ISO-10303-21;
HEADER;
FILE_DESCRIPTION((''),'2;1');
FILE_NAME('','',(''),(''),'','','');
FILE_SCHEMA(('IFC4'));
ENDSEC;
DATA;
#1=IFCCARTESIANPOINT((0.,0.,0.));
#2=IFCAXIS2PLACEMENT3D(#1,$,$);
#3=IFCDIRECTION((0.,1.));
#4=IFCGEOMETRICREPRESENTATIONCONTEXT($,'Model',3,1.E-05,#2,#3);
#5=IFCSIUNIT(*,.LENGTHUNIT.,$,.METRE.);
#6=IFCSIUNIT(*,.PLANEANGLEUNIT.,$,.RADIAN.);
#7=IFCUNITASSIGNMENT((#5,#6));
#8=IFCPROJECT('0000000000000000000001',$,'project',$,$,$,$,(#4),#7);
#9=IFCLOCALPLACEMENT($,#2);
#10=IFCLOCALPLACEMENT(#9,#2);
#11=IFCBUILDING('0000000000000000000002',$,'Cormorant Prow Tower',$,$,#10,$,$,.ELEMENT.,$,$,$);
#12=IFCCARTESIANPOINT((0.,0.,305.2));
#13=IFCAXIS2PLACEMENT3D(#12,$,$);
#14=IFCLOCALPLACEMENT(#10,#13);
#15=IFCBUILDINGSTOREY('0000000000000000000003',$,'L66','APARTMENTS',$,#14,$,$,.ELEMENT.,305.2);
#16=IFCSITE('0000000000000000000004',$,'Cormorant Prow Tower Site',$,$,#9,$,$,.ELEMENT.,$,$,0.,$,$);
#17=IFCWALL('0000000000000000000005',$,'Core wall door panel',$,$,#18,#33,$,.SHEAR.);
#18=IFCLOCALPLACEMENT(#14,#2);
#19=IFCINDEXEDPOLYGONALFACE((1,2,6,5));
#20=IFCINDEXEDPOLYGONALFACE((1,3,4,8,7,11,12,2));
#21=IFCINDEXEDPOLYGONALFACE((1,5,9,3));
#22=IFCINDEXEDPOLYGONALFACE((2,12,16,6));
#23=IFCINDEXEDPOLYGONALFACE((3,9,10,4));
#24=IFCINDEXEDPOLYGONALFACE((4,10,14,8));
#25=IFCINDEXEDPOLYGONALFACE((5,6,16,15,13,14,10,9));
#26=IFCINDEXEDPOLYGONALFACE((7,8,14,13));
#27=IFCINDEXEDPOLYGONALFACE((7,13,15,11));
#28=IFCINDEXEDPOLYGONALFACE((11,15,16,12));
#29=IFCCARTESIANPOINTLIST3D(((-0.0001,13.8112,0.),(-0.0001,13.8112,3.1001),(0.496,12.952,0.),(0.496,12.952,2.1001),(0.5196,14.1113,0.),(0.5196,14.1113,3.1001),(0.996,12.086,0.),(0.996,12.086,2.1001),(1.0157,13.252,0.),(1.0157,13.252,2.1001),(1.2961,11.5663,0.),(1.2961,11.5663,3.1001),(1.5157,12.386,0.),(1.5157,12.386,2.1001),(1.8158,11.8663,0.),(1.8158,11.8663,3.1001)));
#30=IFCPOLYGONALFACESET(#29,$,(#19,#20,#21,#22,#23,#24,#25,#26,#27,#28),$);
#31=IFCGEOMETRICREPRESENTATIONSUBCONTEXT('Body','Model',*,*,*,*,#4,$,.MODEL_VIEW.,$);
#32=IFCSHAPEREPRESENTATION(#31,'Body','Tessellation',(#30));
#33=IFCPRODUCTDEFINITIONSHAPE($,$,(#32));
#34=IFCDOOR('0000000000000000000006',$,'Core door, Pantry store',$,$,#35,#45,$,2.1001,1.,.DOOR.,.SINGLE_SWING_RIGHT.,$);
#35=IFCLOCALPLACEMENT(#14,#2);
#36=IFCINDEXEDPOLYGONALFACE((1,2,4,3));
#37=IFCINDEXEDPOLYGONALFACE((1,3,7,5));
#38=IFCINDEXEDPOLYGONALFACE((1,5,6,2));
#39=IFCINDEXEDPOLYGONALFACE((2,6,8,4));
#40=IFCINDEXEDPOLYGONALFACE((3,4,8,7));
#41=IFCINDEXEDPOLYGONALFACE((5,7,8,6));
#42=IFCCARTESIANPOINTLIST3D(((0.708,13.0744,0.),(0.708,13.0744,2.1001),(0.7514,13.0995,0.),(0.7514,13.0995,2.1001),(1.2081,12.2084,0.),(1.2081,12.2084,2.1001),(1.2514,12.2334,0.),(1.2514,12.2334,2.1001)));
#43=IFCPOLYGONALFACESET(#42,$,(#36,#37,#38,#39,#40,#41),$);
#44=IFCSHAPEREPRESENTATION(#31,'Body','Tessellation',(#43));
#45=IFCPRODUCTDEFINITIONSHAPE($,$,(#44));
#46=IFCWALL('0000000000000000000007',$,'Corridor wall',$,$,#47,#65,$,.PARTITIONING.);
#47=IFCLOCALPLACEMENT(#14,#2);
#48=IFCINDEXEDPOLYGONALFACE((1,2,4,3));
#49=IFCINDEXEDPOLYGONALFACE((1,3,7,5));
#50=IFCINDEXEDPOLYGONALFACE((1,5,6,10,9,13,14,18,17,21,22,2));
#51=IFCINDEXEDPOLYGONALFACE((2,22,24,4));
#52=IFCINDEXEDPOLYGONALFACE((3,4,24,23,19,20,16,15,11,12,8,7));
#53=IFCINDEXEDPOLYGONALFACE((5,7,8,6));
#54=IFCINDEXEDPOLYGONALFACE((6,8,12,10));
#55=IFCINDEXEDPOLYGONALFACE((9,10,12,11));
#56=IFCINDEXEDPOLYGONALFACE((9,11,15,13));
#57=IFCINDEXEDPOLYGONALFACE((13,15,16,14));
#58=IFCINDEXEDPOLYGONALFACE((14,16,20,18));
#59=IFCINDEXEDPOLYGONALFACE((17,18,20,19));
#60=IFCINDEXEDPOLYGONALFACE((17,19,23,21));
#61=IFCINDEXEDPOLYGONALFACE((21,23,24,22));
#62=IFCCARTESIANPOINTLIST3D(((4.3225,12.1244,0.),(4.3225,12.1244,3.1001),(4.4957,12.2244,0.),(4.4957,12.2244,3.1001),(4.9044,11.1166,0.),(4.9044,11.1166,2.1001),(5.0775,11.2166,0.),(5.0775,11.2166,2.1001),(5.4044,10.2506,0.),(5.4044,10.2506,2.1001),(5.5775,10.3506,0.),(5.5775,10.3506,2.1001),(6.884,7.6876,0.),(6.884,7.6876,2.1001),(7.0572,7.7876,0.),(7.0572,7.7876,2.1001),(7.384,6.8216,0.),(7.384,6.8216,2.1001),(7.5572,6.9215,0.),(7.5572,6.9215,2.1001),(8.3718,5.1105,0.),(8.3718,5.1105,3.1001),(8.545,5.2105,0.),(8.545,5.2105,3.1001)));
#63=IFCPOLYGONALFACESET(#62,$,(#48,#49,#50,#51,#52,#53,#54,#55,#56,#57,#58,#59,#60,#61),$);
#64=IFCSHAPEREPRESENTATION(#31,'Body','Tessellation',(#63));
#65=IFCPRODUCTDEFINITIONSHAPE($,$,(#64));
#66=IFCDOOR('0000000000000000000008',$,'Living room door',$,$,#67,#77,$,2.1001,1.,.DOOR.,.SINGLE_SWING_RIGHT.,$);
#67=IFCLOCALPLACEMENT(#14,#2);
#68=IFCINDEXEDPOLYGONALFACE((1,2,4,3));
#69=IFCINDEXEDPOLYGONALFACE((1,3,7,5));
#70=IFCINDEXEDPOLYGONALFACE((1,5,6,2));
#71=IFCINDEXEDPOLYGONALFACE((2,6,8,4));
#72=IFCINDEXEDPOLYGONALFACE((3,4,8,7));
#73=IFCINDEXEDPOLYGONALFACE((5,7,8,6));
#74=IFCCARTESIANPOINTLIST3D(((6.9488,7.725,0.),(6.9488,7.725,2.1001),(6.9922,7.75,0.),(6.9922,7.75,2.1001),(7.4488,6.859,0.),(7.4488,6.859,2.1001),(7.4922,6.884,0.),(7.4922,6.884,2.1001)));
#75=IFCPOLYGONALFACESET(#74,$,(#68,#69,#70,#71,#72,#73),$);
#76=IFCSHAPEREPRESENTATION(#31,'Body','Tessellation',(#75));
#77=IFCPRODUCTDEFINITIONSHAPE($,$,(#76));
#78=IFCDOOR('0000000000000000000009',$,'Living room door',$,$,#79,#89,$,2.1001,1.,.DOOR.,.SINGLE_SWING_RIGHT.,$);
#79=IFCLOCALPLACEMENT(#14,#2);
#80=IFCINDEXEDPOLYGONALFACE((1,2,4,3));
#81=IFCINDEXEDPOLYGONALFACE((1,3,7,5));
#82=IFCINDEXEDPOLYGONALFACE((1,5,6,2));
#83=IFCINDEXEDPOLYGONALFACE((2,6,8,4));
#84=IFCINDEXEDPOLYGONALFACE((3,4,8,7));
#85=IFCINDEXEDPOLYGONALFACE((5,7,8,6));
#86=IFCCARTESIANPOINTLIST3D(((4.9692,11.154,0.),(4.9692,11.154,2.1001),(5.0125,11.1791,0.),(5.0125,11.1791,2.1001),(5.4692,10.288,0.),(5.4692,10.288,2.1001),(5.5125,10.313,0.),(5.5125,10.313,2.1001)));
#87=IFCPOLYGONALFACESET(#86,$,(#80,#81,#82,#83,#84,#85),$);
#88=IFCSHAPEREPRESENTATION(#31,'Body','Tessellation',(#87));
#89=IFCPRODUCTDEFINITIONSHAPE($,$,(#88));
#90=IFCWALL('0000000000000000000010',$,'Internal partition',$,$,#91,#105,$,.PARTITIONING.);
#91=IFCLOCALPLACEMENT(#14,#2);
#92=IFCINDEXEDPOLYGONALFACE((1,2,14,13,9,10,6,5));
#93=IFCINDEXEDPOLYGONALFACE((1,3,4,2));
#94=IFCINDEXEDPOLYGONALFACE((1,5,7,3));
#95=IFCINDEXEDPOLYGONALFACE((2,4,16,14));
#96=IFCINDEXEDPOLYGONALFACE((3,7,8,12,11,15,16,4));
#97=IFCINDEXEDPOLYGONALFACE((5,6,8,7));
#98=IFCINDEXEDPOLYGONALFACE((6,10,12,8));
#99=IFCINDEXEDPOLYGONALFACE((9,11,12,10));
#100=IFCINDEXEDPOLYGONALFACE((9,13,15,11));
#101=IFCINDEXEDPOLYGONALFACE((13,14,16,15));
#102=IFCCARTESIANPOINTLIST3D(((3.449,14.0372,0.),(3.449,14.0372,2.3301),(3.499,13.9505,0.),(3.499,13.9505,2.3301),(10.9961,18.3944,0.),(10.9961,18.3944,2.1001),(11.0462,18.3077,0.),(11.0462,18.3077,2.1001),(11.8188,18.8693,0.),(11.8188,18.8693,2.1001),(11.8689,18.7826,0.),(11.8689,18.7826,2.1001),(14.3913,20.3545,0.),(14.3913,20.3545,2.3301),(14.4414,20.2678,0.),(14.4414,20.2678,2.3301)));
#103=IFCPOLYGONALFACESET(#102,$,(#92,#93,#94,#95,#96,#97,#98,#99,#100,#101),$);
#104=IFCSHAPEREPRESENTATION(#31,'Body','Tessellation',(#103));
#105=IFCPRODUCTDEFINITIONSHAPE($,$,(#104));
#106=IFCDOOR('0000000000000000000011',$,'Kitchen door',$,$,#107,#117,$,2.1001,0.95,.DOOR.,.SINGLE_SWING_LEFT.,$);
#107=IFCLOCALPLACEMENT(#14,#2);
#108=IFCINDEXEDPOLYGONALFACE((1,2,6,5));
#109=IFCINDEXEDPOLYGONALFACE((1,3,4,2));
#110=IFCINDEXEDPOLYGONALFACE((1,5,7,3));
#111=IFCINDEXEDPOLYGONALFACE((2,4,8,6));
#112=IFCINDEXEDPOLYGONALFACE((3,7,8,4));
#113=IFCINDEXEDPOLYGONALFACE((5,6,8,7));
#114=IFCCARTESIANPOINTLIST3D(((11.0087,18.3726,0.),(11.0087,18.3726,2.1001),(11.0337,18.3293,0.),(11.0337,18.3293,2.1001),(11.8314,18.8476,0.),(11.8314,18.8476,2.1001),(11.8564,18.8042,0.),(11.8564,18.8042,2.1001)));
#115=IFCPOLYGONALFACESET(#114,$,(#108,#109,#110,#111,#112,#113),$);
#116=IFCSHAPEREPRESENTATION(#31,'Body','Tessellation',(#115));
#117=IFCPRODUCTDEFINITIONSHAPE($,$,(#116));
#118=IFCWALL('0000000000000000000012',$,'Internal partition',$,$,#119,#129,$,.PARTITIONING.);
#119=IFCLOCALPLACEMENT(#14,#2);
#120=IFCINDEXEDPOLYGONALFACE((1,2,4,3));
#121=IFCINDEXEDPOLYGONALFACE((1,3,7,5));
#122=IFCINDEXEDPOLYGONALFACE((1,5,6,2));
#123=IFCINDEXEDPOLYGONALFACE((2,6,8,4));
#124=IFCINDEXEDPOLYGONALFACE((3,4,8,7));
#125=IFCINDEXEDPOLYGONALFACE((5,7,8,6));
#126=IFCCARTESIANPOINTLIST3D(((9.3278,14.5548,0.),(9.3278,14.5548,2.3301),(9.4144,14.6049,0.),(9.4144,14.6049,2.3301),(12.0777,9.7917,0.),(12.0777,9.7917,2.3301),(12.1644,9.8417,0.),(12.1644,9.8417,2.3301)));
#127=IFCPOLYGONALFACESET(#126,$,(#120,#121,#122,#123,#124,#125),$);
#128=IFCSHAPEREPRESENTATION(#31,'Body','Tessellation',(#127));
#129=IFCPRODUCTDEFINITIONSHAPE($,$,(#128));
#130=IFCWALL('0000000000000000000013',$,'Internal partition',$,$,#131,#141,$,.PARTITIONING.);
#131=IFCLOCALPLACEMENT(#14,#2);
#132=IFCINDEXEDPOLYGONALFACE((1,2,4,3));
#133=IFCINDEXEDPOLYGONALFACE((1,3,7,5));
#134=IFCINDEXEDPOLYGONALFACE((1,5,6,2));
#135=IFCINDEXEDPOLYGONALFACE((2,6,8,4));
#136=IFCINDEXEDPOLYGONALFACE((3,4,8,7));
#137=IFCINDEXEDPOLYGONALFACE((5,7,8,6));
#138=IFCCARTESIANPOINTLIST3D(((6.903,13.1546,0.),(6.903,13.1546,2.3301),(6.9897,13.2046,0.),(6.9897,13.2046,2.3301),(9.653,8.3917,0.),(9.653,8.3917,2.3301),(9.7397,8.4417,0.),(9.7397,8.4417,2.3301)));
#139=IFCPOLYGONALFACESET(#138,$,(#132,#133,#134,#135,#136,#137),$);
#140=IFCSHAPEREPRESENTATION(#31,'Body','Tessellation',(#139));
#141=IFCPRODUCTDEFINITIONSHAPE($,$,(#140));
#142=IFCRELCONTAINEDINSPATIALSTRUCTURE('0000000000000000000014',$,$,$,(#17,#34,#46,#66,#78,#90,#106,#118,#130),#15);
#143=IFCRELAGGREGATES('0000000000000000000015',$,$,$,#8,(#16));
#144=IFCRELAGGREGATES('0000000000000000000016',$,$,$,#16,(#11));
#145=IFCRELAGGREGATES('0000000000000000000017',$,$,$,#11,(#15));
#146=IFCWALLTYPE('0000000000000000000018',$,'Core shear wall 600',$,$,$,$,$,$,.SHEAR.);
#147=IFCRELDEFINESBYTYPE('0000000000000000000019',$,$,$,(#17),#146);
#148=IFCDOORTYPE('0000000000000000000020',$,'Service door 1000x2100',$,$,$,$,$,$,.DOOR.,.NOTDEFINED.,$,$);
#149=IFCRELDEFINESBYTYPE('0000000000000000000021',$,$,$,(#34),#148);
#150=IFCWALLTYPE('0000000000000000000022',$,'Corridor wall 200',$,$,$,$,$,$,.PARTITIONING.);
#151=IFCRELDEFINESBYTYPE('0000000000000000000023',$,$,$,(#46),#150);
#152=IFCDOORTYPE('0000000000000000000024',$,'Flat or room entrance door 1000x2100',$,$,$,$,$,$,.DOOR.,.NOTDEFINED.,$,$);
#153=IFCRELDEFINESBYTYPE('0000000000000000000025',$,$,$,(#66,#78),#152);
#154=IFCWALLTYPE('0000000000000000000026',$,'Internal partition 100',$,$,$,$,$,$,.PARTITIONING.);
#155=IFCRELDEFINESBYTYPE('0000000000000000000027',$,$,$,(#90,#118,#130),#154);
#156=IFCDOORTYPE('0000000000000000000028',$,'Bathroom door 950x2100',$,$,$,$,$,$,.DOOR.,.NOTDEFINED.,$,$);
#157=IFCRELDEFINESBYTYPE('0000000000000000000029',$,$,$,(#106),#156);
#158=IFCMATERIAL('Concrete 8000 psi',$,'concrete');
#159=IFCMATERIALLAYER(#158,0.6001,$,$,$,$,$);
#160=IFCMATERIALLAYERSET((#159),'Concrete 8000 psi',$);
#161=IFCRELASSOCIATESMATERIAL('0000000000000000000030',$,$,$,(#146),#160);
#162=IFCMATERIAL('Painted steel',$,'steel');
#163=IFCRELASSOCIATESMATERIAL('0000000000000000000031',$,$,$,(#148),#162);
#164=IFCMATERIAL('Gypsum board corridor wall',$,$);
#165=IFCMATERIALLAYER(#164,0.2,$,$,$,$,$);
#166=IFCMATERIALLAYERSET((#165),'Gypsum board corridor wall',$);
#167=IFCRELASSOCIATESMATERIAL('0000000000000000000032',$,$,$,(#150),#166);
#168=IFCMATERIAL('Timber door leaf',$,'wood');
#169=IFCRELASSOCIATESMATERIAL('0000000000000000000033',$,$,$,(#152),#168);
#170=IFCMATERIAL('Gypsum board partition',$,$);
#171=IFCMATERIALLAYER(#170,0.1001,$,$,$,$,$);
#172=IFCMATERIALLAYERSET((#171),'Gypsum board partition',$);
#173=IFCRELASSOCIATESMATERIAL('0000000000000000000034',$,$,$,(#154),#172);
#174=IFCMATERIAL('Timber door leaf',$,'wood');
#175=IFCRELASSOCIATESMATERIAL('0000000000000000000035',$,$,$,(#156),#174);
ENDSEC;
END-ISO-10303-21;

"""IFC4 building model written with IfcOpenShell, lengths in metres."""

from ifc_helpers import new_model, si_unit, direction, frame, frame_2d, origin, place, context, subcontext, project, spatial, rectangle, extrude, material, layer, layer_set, type_object, element, fill, save


model = new_model("IFC4")

# Units and contexts
model_context = context("Model", 3, precision=1e-05, world=origin(), true_north=direction((0.0, 1.0)))
body_context = subcontext(model_context, "Body", "Model", "MODEL_VIEW")
ifc_project = project(units=[si_unit("LENGTHUNIT", "METRE"), si_unit("PLANEANGLEUNIT", "RADIAN")], contexts=[model_context])

# Site, building, storey
site_placement = place(None, origin())
site = spatial("IfcSite", under=ifc_project, at=site_placement, Name="Cormorant Prow Tower Site", CompositionType="ELEMENT", RefElevation=0.0)
building_placement = place(site_placement, origin())
building = spatial("IfcBuilding", under=site, at=building_placement, Name="Cormorant Prow Tower", CompositionType="ELEMENT")
storey_placement = place(building_placement, frame((0.0, 0.0, 305.2)))
storey = spatial("IfcBuildingStorey", under=building, at=storey_placement, Name="L66", Description="APARTMENTS", CompositionType="ELEMENT", Elevation=305.2)

# Wall, opening, door
ifc_material_1 = material(Name="Concrete 8000 psi", Category="concrete")
ifc_layer_1 = layer(ifc_material_1, 0.6001)
ifc_layer_set_1 = layer_set([ifc_layer_1], Name="Concrete 8000 psi")
wall_type_1 = type_object("IfcWallType", Name="Core shear wall 600", PredefinedType="SHEAR", material=ifc_layer_set_1)
wall_1_placement = place(storey_placement, frame((1.5559, 11.7163, 0.0), z_axis=(0.0, 0.0, 1.0), x_axis=(-0.500019, 0.866015, 0.0)))
wall_1 = element("IfcWall", 1, at=wall_1_placement, inside=storey, type_object=wall_type_1, Name="Core wall door panel", PredefinedType="SHEAR", context=body_context, shape_type="SweptSolid", body=[
    extrude(rectangle(XDim=2.5923, YDim=0.6001, at=frame_2d((1.2961, 0.0))), origin(), (0.0, 0.0, 1.0), 3.1001),
])
opening_1_placement = place(wall_1_placement, frame((0.6001, 0.0, 0.0)))
opening_1 = element("IfcOpeningElement", 2, at=opening_1_placement, cuts=wall_1, PredefinedType="OPENING", context=body_context, shape_type="SweptSolid", body=[
    extrude(rectangle(XDim=1.0, YDim=2.1001, at=frame_2d((0.5, 1.05))), frame((0.0, 0.3101, 0.0), z_axis=(0.0, -1.0, 0.0), x_axis=(1.0, 0.0, 0.0)), (0.0, 0.0, 1.0), 0.6201),
])
ifc_material_2 = material(Name="Painted steel", Category="steel")
door_type_1 = type_object("IfcDoorType", Name="Service door 1000x2100", OperationType="NOTDEFINED", PredefinedType="DOOR", material=ifc_material_2)
door_1_placement = place(opening_1_placement, origin())
door_1 = element("IfcDoor", 3, at=door_1_placement, inside=storey, type_object=door_type_1, Name="Core door, Pantry store", OperationType="SINGLE_SWING_RIGHT", OverallHeight=2.1001, OverallWidth=1.0, PredefinedType="DOOR", context=body_context, shape_type="SweptSolid", body=[
    extrude(rectangle(XDim=1.0, YDim=2.1001, at=frame_2d((0.5, 1.05))), frame((0.0, 0.0552, 0.0), z_axis=(0.0, -1.0, 0.0), x_axis=(1.0, 0.0, 0.0)), (0.0, 0.0, 1.0), 0.05),
])
fill(opening_1, door_1)

# Wall, openings, doors
ifc_material_3 = material(Name="Gypsum board corridor wall")
ifc_layer_2 = layer(ifc_material_3, 0.2)
ifc_layer_set_2 = layer_set([ifc_layer_2], Name="Gypsum board corridor wall")
wall_type_2 = type_object("IfcWallType", Name="Corridor wall 200", PredefinedType="PARTITIONING", material=ifc_layer_set_2)
wall_2_placement = place(storey_placement, frame((4.4092, 12.1743, 0.0), z_axis=(0.0, 0.0, 1.0), x_axis=(0.499984, -0.866034, 0.0)))
wall_2 = element("IfcWall", 4, at=wall_2_placement, inside=storey, type_object=wall_type_2, Name="Corridor wall", PredefinedType="PARTITIONING", context=body_context, shape_type="SweptSolid", body=[
    extrude(rectangle(XDim=8.0989, YDim=0.2, at=frame_2d((4.0493, 0.0))), origin(), (0.0, 0.0, 1.0), 3.1001),
])
opening_2_placement = place(wall_2_placement, frame((5.123, 0.0, 0.0)))
opening_2 = element("IfcOpeningElement", 5, at=opening_2_placement, cuts=wall_2, PredefinedType="OPENING", context=body_context, shape_type="SweptSolid", body=[
    extrude(rectangle(XDim=1.0, YDim=2.1001, at=frame_2d((0.5, 1.05))), frame((0.0, 0.1099, 0.0), z_axis=(0.0, -1.0, 0.0), x_axis=(1.0, 0.0, 0.0)), (0.0, 0.0, 1.0), 0.22),
])
opening_3_placement = place(wall_2_placement, frame((1.1636, 0.0, 0.0)))
opening_3 = element("IfcOpeningElement", 6, at=opening_3_placement, cuts=wall_2, PredefinedType="OPENING", context=body_context, shape_type="SweptSolid", body=[
    extrude(rectangle(XDim=1.0, YDim=2.1001, at=frame_2d((0.5, 1.05))), frame((0.0, 0.1099, 0.0), z_axis=(0.0, -1.0, 0.0), x_axis=(1.0, 0.0, 0.0)), (0.0, 0.0, 1.0), 0.22),
])
ifc_material_4 = material(Name="Timber door leaf", Category="wood")
door_type_2 = type_object("IfcDoorType", Name="Flat or room entrance door 1000x2100", OperationType="NOTDEFINED", PredefinedType="DOOR", material=ifc_material_4)
door_2_placement = place(opening_2_placement, origin())
door_2 = element("IfcDoor", 7, at=door_2_placement, inside=storey, type_object=door_type_2, Name="Living room door", OperationType="SINGLE_SWING_RIGHT", OverallHeight=2.1001, OverallWidth=1.0, PredefinedType="DOOR", context=body_context, shape_type="SweptSolid", body=[
    extrude(rectangle(XDim=1.0, YDim=2.1001, at=frame_2d((0.5, 1.05))), frame((0.0, 0.0249, 0.0), z_axis=(0.0, -1.0, 0.0), x_axis=(1.0, 0.0, 0.0)), (0.0, 0.0, 1.0), 0.05),
])
fill(opening_2, door_2)
door_3_placement = place(opening_3_placement, origin())
door_3 = element("IfcDoor", 8, at=door_3_placement, inside=storey, type_object=door_type_2, Name="Living room door", OperationType="SINGLE_SWING_RIGHT", OverallHeight=2.1001, OverallWidth=1.0, PredefinedType="DOOR", context=body_context, shape_type="SweptSolid", body=[
    extrude(rectangle(XDim=1.0, YDim=2.1001, at=frame_2d((0.5, 1.05))), frame((0.0, 0.0249, 0.0), z_axis=(0.0, -1.0, 0.0), x_axis=(1.0, 0.0, 0.0)), (0.0, 0.0, 1.0), 0.05),
])
fill(opening_3, door_3)

# Wall, opening, door
ifc_material_5 = material(Name="Gypsum board partition")
ifc_layer_3 = layer(ifc_material_5, 0.1001)
ifc_layer_set_3 = layer_set([ifc_layer_3], Name="Gypsum board partition")
wall_type_3 = type_object("IfcWallType", Name="Internal partition 100", PredefinedType="PARTITIONING", material=ifc_layer_set_3)
wall_3_placement = place(storey_placement, frame((3.4741, 13.9939, 0.0), z_axis=(0.0, 0.0, 1.0), x_axis=(0.866032, 0.499988, 0.0)))
wall_3 = element("IfcWall", 9, at=wall_3_placement, inside=storey, type_object=wall_type_3, Name="Internal partition", PredefinedType="PARTITIONING", context=body_context, shape_type="SweptSolid", body=[
    extrude(rectangle(XDim=12.635, YDim=0.1001, at=frame_2d((6.3174, 0.0))), origin(), (0.0, 0.0, 1.0), 2.3301),
])
opening_4_placement = place(wall_3_placement, frame((8.7144, 0.0, 0.0)))
opening_4 = element("IfcOpeningElement", 10, at=opening_4_placement, cuts=wall_3, PredefinedType="OPENING", context=body_context, shape_type="SweptSolid", body=[
    extrude(rectangle(XDim=0.95, YDim=2.1001, at=frame_2d((0.4751, 1.05))), frame((0.0, 0.0601, 0.0), z_axis=(0.0, -1.0, 0.0), x_axis=(1.0, 0.0, 0.0)), (0.0, 0.0, 1.0), 0.1201),
])
ifc_material_6 = material(Name="Timber door leaf", Category="wood")
door_type_3 = type_object("IfcDoorType", Name="Bathroom door 950x2100", OperationType="NOTDEFINED", PredefinedType="DOOR", material=ifc_material_6)
door_4_placement = place(opening_4_placement, origin())
door_4 = element("IfcDoor", 11, at=door_4_placement, inside=storey, type_object=door_type_3, Name="Kitchen door", OperationType="SINGLE_SWING_LEFT", OverallHeight=2.1001, OverallWidth=0.95, PredefinedType="DOOR", context=body_context, shape_type="SweptSolid", body=[
    extrude(rectangle(XDim=0.95, YDim=2.1001, at=frame_2d((0.4751, 1.05))), frame((0.0, 0.0249, 0.0), z_axis=(0.0, -1.0, 0.0), x_axis=(1.0, 0.0, 0.0)), (0.0, 0.0, 1.0), 0.05),
])
fill(opening_4, door_4)

# Walls
wall_4_placement = place(storey_placement, frame((9.3711, 14.5798, 0.0), z_axis=(0.0, 0.0, 1.0), x_axis=(0.499997, -0.866027, 0.0)))
element("IfcWall", 12, at=wall_4_placement, inside=storey, type_object=wall_type_3, Name="Internal partition", PredefinedType="PARTITIONING", context=body_context, shape_type="SweptSolid", body=[
    extrude(rectangle(XDim=5.5, YDim=0.1001, at=frame_2d((2.75, 0.0))), origin(), (0.0, 0.0, 1.0), 2.3301),
])
wall_5_placement = place(storey_placement, frame((6.9463, 13.1797, 0.0), z_axis=(0.0, 0.0, 1.0), x_axis=(0.500016, -0.866016, 0.0)))
element("IfcWall", 13, at=wall_5_placement, inside=storey, type_object=wall_type_3, Name="Internal partition", PredefinedType="PARTITIONING", context=body_context, shape_type="SweptSolid", body=[
    extrude(rectangle(XDim=5.4998, YDim=0.1001, at=frame_2d((2.75, 0.0))), origin(), (0.0, 0.0, 1.0), 2.3301),
])

save(model, "model.ifc")
